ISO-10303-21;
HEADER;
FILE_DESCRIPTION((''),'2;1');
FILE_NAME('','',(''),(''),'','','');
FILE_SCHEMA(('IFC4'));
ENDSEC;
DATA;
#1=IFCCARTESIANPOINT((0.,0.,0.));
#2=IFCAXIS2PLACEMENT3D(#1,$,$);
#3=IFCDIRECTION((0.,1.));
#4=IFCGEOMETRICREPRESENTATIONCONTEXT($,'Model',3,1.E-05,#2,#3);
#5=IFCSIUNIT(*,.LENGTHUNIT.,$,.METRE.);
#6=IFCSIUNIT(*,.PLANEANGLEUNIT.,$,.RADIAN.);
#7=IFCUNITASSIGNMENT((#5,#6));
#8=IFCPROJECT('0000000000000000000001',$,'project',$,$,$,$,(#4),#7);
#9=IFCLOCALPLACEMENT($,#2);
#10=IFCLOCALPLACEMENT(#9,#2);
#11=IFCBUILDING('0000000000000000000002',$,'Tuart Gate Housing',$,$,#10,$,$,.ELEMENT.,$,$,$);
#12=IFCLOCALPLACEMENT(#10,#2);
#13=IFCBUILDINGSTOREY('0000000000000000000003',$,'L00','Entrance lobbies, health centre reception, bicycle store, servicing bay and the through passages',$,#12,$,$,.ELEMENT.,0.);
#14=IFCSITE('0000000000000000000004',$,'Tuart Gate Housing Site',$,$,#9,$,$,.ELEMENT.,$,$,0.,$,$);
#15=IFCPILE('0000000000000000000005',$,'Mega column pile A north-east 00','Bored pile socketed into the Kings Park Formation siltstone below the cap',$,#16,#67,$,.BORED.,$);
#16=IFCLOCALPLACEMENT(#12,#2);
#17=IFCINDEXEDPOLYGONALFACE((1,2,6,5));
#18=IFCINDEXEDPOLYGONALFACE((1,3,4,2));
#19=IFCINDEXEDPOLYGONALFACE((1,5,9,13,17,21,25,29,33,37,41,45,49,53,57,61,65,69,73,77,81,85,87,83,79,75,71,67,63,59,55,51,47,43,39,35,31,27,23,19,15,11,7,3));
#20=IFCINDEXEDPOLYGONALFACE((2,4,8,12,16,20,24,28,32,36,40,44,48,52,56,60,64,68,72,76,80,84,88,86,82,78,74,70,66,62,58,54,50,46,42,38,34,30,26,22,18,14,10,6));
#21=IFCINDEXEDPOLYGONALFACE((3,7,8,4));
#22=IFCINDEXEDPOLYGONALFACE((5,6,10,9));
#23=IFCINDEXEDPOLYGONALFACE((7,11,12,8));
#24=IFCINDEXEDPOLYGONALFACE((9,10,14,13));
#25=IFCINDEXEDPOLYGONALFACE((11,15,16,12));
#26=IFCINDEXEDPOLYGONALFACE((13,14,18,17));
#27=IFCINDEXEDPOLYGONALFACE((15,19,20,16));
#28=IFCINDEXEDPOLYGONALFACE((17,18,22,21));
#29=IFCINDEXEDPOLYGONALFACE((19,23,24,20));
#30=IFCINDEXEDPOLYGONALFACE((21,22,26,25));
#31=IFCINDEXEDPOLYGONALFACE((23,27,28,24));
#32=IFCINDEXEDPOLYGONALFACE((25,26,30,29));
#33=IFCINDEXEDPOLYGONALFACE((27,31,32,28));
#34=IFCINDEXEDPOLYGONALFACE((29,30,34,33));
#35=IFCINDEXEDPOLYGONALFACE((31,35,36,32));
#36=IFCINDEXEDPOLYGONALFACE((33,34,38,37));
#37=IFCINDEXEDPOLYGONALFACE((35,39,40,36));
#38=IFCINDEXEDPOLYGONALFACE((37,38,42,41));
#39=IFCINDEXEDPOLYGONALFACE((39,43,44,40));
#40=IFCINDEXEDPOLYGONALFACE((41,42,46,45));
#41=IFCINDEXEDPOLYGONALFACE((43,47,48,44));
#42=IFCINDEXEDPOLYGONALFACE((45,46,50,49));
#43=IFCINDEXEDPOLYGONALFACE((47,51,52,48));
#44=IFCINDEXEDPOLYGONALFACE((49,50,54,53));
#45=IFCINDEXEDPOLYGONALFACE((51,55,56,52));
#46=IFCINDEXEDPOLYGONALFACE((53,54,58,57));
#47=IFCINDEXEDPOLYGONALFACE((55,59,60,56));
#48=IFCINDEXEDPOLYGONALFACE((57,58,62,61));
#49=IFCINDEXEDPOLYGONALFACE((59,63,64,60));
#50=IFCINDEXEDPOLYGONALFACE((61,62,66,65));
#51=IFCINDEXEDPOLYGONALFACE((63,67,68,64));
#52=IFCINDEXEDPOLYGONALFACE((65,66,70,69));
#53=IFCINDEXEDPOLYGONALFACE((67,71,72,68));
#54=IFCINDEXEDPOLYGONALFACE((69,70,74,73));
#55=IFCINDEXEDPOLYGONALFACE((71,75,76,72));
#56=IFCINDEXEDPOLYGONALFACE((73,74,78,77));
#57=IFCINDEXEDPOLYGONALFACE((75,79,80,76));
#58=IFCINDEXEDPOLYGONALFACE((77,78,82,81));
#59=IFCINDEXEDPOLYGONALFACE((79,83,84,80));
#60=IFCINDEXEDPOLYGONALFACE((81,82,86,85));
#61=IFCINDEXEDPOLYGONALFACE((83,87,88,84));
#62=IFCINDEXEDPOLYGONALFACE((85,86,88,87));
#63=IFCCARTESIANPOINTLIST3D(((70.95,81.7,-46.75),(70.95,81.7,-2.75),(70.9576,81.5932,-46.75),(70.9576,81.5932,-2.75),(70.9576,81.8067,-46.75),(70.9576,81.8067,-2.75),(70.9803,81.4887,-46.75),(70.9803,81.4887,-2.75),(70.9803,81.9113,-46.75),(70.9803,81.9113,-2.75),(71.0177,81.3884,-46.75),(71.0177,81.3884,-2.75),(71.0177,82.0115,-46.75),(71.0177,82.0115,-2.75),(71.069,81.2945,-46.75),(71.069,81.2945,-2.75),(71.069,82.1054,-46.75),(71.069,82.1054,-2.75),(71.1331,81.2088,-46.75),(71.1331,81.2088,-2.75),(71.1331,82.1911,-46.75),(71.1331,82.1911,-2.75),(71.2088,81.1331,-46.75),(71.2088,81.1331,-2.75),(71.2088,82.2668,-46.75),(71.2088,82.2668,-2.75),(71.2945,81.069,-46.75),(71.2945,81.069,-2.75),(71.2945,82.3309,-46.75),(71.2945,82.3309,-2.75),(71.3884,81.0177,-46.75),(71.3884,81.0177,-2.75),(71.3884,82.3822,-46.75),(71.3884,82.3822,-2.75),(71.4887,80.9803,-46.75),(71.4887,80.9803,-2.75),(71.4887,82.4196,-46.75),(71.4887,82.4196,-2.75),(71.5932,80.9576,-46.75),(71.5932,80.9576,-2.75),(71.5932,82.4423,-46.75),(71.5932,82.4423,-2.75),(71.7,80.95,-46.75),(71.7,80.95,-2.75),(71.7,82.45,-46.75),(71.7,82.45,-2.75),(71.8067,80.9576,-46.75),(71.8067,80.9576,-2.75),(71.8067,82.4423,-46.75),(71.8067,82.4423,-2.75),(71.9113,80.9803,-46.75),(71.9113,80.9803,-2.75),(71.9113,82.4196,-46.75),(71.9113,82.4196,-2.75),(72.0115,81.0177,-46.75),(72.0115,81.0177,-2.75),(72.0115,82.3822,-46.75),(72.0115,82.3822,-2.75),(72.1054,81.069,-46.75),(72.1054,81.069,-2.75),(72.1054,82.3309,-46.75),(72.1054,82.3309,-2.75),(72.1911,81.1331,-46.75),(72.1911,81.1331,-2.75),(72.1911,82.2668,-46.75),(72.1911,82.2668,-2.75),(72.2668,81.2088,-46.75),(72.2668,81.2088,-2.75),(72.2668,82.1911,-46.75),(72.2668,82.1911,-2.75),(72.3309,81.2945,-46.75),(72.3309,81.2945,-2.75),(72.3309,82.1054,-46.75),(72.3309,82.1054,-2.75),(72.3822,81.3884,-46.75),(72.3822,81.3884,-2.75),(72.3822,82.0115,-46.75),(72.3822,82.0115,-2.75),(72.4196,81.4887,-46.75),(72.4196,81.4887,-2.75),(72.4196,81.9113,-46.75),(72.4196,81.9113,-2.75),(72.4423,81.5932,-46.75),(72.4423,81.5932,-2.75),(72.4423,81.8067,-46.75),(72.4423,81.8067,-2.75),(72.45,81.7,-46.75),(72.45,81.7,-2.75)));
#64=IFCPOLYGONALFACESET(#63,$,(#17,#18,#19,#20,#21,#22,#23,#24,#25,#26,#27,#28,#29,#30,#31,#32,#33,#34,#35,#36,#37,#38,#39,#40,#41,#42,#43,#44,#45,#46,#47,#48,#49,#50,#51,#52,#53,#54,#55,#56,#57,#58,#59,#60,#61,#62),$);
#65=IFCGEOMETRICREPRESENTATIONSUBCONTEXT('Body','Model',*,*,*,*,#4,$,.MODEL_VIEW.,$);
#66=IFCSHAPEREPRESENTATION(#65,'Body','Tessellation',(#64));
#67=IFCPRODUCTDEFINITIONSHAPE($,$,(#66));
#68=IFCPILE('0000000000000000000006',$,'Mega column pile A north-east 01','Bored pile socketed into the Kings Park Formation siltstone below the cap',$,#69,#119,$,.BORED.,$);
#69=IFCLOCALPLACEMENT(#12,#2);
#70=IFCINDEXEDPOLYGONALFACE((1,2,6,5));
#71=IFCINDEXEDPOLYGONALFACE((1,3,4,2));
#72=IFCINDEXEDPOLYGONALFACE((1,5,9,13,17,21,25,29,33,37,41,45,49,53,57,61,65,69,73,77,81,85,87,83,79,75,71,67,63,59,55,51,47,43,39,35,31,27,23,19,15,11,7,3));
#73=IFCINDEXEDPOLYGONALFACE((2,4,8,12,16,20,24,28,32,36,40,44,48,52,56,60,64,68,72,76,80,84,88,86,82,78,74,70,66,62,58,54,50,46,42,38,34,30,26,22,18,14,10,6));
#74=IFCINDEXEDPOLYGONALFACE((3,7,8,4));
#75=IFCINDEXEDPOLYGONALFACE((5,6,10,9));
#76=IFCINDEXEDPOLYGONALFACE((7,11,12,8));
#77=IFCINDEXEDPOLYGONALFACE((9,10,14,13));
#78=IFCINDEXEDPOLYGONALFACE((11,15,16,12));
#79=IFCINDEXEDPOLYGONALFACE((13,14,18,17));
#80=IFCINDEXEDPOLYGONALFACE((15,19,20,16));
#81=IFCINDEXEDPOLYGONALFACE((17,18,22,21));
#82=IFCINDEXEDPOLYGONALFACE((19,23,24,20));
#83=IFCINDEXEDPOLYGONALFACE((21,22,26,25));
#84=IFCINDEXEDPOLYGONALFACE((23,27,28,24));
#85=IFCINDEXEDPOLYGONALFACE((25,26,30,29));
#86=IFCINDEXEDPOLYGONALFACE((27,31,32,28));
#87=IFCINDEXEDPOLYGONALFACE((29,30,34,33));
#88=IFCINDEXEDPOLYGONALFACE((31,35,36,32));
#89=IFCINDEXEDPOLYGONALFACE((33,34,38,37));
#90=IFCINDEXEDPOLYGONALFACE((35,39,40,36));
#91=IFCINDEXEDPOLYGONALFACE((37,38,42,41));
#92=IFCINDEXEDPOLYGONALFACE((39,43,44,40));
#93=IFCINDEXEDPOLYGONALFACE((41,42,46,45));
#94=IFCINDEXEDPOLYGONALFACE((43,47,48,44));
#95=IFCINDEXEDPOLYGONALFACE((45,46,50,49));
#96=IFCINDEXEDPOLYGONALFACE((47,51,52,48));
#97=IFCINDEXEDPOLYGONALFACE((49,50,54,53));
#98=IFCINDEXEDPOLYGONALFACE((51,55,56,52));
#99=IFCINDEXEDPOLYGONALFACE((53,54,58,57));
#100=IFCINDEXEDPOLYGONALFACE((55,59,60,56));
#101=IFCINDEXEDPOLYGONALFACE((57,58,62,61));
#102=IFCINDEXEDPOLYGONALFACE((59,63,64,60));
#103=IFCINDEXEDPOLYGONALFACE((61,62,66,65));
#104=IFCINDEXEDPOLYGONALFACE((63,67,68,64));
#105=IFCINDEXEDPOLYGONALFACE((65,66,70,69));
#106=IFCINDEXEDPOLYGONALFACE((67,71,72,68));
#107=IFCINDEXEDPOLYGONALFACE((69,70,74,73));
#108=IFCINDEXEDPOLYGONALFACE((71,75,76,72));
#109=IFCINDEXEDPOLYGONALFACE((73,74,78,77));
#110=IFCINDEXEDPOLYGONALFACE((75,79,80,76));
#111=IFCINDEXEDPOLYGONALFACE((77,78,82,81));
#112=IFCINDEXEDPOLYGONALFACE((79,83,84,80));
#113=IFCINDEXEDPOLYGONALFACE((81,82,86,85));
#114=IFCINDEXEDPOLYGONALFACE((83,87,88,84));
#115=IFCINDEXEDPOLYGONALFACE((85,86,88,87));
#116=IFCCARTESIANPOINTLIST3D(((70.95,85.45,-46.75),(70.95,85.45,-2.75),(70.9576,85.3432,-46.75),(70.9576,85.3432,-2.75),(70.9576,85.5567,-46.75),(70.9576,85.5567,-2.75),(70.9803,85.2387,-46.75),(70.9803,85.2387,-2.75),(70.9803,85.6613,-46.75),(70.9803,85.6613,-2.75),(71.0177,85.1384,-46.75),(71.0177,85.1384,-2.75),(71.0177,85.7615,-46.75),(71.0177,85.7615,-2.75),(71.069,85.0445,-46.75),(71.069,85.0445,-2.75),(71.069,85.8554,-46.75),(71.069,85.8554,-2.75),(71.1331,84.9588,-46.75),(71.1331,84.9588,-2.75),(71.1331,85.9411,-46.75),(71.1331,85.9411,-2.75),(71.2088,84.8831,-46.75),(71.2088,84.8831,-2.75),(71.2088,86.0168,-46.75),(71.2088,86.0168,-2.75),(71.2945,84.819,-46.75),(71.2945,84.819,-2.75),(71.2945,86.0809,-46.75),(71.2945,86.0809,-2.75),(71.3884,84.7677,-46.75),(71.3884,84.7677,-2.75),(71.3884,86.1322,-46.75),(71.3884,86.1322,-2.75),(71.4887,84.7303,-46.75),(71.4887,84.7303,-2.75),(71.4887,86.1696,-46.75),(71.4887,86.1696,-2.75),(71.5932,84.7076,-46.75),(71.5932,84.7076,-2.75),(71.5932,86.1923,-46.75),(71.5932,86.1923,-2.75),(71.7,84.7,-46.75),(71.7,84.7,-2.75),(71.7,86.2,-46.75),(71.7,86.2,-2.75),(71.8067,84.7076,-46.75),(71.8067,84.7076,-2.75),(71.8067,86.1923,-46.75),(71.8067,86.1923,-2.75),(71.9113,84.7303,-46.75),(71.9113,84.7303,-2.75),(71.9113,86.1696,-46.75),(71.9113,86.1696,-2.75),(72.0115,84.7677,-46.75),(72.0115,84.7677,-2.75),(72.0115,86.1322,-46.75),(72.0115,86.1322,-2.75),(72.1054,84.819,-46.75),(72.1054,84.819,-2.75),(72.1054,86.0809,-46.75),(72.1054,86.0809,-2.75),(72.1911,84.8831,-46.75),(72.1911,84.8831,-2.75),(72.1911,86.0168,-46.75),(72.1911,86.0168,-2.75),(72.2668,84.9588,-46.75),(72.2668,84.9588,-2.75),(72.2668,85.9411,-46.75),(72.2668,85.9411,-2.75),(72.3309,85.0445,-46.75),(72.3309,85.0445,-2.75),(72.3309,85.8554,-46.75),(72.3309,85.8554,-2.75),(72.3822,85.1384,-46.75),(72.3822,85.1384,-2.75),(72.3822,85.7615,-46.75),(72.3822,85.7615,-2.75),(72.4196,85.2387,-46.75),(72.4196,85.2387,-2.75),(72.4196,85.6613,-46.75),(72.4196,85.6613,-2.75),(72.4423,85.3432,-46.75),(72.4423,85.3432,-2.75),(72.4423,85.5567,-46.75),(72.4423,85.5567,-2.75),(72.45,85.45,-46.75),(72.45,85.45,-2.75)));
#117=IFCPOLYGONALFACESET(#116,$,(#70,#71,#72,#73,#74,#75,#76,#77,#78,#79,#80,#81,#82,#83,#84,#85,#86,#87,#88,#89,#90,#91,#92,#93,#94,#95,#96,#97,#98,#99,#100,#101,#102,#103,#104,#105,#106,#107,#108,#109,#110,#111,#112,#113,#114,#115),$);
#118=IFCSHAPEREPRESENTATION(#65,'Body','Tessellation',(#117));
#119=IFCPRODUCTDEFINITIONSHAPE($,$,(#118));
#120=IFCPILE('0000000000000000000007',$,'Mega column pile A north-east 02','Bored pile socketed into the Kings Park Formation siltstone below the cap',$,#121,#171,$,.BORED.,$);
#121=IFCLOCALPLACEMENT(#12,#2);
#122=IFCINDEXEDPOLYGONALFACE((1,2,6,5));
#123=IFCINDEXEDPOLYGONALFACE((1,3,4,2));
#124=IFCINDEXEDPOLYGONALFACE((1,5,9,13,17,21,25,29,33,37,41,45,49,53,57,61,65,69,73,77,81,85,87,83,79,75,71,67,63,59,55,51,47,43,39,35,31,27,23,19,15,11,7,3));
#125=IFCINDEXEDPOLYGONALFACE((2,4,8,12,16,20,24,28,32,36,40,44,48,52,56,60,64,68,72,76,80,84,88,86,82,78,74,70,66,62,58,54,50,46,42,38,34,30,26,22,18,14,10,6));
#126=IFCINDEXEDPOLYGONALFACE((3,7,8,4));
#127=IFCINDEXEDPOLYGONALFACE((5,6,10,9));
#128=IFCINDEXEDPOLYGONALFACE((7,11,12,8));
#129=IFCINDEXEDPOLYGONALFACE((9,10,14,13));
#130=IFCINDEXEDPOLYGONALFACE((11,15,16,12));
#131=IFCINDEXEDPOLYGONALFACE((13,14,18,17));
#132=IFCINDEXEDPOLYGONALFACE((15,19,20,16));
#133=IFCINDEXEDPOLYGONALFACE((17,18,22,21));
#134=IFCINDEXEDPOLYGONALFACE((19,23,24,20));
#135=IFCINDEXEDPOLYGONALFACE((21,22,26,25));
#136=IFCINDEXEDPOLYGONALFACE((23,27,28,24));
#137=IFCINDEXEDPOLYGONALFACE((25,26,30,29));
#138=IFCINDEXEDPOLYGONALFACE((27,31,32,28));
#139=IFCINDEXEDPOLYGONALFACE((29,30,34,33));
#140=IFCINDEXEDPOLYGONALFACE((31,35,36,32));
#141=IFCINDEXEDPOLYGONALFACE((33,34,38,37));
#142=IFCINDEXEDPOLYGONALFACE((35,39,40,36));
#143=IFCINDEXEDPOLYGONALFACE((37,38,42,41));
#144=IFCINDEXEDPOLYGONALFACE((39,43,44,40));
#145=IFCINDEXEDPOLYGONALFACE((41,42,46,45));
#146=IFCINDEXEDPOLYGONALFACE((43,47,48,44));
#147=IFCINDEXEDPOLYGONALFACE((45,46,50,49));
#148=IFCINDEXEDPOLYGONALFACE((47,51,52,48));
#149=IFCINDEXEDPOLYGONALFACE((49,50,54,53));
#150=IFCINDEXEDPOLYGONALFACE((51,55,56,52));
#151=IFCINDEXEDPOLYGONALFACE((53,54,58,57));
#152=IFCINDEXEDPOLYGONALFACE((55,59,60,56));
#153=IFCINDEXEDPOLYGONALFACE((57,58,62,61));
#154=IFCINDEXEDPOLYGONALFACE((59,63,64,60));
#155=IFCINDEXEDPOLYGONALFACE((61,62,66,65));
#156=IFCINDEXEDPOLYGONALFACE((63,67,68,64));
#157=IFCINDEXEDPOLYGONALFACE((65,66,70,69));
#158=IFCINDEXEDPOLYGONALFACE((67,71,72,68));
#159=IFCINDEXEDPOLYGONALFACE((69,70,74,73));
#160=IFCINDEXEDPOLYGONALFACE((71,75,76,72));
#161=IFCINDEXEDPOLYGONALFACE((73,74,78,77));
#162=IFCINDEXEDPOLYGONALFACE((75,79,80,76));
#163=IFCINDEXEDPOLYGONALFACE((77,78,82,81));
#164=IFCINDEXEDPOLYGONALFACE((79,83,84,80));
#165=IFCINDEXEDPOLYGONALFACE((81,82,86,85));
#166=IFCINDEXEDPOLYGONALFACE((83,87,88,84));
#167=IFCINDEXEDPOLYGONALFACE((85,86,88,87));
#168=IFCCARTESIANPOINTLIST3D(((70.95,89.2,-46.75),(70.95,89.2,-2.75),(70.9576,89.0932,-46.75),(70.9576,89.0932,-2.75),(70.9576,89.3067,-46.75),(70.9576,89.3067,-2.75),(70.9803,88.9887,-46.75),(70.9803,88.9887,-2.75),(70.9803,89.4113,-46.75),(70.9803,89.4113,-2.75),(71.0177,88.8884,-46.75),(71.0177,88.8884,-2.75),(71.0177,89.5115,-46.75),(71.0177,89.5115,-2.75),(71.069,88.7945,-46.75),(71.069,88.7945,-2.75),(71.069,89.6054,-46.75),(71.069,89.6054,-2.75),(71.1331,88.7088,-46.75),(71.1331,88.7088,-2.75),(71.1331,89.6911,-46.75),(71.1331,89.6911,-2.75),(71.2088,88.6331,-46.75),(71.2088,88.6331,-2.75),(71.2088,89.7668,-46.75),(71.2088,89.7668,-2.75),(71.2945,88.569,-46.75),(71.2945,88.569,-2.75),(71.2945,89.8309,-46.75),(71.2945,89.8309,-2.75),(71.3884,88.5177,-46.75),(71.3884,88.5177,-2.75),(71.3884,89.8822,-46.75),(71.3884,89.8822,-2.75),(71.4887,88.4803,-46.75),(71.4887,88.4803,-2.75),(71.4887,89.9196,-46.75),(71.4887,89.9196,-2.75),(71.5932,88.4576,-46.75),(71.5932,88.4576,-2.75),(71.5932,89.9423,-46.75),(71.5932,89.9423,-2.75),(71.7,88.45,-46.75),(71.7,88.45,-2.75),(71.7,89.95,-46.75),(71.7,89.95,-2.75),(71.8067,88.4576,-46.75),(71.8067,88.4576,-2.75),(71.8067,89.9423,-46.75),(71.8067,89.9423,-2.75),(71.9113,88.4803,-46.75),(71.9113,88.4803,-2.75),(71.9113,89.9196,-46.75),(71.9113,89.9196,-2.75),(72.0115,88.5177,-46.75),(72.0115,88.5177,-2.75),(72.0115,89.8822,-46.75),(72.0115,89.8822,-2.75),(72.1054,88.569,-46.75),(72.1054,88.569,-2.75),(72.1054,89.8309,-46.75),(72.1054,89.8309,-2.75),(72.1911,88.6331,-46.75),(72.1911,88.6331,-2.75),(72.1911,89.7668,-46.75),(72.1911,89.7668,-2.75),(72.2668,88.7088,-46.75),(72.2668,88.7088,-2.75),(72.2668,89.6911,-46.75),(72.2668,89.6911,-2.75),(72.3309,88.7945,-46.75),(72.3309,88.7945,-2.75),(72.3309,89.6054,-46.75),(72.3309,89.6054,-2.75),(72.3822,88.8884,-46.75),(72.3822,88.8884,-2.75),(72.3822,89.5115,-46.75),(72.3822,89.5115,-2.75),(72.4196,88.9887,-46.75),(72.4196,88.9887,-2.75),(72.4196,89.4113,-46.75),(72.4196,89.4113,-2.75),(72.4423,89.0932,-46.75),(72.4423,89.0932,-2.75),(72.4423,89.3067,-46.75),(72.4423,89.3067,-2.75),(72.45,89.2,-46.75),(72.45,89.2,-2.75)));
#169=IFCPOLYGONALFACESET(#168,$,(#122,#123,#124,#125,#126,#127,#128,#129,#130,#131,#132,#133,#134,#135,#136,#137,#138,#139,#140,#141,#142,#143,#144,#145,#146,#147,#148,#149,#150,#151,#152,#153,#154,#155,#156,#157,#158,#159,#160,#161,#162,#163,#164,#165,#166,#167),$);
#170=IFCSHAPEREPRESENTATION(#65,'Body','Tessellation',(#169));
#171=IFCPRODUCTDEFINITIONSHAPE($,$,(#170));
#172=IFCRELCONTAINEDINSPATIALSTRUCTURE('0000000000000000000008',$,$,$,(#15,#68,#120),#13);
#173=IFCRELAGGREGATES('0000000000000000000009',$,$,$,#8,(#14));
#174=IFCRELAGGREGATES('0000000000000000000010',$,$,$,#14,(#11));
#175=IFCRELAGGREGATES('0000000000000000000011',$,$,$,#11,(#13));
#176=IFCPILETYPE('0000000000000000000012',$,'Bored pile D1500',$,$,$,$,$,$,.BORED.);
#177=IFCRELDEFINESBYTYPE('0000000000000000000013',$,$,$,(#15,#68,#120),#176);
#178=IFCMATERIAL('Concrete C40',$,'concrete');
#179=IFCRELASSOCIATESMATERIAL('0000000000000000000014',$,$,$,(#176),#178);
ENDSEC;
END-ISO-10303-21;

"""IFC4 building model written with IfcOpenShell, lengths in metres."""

from ifc_helpers import new_model, si_unit, direction, frame, origin, origin_2d, place, context, subcontext, project, spatial, circle, extrude, material, material_profile, profile_set, type_object, element, save


model = new_model("IFC4")

# Units and contexts
model_context = context("Model", 3, precision=1e-05, world=origin(), true_north=direction((0.0, 1.0)))
body_context = subcontext(model_context, "Body", "Model", "MODEL_VIEW")
ifc_project = project(units=[si_unit("LENGTHUNIT", "METRE"), si_unit("PLANEANGLEUNIT", "RADIAN")], contexts=[model_context])

# Site, building, storey
site_placement = place(None, origin())
site = spatial("IfcSite", under=ifc_project, at=site_placement, Name="Tuart Gate Housing Site", CompositionType="ELEMENT", RefElevation=0.0)
building_placement = place(site_placement, origin())
building = spatial("IfcBuilding", under=site, at=building_placement, Name="Tuart Gate Housing", CompositionType="ELEMENT")
storey_placement = place(building_placement, origin())
storey = spatial("IfcBuildingStorey", under=building, at=storey_placement, Name="L00", Description="Entrance lobbies, health centre reception, bicycle store, servicing bay and the through passages", CompositionType="ELEMENT", Elevation=0.0)

# Piles
ifc_material_1 = material(Name="Concrete C40", Category="concrete")
ifc_material_profile_1 = material_profile(ifc_material_1, circle(Radius=0.75, at=origin_2d()), Name="Bored pile D1500")
ifc_profile_set_1 = profile_set([ifc_material_profile_1], Name="Concrete C40")
pile_type = type_object("IfcPileType", Name="Bored pile D1500", PredefinedType="BORED", material=ifc_profile_set_1)
for number, where, z_axis, x_axis, name in (
    (1, (71.7, 81.7, -2.75), (0.0, 0.0, -1.0), (1.0, 0.0, 0.0), "Mega column pile A north-east 00"),
    (2, (71.7, 85.45, -2.75), (0.0, 0.0, -1.0), (1.0, 0.0, 0.0), "Mega column pile A north-east 01"),
    (3, (71.7, 89.2, -2.75), (0.0, 0.0, -1.0), (1.0, 0.0, 0.0), "Mega column pile A north-east 02"),
):
    element("IfcPile", number, at=place(storey_placement, frame(where, z_axis=z_axis, x_axis=x_axis)), inside=storey, type_object=pile_type, Name=name, Description="Bored pile socketed into the Kings Park Formation siltstone below the cap", PredefinedType="BORED", context=body_context, shape_type="SweptSolid", body=[
        extrude(circle(Radius=0.75, at=origin_2d()), origin(), (0.0, 0.0, 1.0), 44.0),
    ])

save(model, "model.ifc")
